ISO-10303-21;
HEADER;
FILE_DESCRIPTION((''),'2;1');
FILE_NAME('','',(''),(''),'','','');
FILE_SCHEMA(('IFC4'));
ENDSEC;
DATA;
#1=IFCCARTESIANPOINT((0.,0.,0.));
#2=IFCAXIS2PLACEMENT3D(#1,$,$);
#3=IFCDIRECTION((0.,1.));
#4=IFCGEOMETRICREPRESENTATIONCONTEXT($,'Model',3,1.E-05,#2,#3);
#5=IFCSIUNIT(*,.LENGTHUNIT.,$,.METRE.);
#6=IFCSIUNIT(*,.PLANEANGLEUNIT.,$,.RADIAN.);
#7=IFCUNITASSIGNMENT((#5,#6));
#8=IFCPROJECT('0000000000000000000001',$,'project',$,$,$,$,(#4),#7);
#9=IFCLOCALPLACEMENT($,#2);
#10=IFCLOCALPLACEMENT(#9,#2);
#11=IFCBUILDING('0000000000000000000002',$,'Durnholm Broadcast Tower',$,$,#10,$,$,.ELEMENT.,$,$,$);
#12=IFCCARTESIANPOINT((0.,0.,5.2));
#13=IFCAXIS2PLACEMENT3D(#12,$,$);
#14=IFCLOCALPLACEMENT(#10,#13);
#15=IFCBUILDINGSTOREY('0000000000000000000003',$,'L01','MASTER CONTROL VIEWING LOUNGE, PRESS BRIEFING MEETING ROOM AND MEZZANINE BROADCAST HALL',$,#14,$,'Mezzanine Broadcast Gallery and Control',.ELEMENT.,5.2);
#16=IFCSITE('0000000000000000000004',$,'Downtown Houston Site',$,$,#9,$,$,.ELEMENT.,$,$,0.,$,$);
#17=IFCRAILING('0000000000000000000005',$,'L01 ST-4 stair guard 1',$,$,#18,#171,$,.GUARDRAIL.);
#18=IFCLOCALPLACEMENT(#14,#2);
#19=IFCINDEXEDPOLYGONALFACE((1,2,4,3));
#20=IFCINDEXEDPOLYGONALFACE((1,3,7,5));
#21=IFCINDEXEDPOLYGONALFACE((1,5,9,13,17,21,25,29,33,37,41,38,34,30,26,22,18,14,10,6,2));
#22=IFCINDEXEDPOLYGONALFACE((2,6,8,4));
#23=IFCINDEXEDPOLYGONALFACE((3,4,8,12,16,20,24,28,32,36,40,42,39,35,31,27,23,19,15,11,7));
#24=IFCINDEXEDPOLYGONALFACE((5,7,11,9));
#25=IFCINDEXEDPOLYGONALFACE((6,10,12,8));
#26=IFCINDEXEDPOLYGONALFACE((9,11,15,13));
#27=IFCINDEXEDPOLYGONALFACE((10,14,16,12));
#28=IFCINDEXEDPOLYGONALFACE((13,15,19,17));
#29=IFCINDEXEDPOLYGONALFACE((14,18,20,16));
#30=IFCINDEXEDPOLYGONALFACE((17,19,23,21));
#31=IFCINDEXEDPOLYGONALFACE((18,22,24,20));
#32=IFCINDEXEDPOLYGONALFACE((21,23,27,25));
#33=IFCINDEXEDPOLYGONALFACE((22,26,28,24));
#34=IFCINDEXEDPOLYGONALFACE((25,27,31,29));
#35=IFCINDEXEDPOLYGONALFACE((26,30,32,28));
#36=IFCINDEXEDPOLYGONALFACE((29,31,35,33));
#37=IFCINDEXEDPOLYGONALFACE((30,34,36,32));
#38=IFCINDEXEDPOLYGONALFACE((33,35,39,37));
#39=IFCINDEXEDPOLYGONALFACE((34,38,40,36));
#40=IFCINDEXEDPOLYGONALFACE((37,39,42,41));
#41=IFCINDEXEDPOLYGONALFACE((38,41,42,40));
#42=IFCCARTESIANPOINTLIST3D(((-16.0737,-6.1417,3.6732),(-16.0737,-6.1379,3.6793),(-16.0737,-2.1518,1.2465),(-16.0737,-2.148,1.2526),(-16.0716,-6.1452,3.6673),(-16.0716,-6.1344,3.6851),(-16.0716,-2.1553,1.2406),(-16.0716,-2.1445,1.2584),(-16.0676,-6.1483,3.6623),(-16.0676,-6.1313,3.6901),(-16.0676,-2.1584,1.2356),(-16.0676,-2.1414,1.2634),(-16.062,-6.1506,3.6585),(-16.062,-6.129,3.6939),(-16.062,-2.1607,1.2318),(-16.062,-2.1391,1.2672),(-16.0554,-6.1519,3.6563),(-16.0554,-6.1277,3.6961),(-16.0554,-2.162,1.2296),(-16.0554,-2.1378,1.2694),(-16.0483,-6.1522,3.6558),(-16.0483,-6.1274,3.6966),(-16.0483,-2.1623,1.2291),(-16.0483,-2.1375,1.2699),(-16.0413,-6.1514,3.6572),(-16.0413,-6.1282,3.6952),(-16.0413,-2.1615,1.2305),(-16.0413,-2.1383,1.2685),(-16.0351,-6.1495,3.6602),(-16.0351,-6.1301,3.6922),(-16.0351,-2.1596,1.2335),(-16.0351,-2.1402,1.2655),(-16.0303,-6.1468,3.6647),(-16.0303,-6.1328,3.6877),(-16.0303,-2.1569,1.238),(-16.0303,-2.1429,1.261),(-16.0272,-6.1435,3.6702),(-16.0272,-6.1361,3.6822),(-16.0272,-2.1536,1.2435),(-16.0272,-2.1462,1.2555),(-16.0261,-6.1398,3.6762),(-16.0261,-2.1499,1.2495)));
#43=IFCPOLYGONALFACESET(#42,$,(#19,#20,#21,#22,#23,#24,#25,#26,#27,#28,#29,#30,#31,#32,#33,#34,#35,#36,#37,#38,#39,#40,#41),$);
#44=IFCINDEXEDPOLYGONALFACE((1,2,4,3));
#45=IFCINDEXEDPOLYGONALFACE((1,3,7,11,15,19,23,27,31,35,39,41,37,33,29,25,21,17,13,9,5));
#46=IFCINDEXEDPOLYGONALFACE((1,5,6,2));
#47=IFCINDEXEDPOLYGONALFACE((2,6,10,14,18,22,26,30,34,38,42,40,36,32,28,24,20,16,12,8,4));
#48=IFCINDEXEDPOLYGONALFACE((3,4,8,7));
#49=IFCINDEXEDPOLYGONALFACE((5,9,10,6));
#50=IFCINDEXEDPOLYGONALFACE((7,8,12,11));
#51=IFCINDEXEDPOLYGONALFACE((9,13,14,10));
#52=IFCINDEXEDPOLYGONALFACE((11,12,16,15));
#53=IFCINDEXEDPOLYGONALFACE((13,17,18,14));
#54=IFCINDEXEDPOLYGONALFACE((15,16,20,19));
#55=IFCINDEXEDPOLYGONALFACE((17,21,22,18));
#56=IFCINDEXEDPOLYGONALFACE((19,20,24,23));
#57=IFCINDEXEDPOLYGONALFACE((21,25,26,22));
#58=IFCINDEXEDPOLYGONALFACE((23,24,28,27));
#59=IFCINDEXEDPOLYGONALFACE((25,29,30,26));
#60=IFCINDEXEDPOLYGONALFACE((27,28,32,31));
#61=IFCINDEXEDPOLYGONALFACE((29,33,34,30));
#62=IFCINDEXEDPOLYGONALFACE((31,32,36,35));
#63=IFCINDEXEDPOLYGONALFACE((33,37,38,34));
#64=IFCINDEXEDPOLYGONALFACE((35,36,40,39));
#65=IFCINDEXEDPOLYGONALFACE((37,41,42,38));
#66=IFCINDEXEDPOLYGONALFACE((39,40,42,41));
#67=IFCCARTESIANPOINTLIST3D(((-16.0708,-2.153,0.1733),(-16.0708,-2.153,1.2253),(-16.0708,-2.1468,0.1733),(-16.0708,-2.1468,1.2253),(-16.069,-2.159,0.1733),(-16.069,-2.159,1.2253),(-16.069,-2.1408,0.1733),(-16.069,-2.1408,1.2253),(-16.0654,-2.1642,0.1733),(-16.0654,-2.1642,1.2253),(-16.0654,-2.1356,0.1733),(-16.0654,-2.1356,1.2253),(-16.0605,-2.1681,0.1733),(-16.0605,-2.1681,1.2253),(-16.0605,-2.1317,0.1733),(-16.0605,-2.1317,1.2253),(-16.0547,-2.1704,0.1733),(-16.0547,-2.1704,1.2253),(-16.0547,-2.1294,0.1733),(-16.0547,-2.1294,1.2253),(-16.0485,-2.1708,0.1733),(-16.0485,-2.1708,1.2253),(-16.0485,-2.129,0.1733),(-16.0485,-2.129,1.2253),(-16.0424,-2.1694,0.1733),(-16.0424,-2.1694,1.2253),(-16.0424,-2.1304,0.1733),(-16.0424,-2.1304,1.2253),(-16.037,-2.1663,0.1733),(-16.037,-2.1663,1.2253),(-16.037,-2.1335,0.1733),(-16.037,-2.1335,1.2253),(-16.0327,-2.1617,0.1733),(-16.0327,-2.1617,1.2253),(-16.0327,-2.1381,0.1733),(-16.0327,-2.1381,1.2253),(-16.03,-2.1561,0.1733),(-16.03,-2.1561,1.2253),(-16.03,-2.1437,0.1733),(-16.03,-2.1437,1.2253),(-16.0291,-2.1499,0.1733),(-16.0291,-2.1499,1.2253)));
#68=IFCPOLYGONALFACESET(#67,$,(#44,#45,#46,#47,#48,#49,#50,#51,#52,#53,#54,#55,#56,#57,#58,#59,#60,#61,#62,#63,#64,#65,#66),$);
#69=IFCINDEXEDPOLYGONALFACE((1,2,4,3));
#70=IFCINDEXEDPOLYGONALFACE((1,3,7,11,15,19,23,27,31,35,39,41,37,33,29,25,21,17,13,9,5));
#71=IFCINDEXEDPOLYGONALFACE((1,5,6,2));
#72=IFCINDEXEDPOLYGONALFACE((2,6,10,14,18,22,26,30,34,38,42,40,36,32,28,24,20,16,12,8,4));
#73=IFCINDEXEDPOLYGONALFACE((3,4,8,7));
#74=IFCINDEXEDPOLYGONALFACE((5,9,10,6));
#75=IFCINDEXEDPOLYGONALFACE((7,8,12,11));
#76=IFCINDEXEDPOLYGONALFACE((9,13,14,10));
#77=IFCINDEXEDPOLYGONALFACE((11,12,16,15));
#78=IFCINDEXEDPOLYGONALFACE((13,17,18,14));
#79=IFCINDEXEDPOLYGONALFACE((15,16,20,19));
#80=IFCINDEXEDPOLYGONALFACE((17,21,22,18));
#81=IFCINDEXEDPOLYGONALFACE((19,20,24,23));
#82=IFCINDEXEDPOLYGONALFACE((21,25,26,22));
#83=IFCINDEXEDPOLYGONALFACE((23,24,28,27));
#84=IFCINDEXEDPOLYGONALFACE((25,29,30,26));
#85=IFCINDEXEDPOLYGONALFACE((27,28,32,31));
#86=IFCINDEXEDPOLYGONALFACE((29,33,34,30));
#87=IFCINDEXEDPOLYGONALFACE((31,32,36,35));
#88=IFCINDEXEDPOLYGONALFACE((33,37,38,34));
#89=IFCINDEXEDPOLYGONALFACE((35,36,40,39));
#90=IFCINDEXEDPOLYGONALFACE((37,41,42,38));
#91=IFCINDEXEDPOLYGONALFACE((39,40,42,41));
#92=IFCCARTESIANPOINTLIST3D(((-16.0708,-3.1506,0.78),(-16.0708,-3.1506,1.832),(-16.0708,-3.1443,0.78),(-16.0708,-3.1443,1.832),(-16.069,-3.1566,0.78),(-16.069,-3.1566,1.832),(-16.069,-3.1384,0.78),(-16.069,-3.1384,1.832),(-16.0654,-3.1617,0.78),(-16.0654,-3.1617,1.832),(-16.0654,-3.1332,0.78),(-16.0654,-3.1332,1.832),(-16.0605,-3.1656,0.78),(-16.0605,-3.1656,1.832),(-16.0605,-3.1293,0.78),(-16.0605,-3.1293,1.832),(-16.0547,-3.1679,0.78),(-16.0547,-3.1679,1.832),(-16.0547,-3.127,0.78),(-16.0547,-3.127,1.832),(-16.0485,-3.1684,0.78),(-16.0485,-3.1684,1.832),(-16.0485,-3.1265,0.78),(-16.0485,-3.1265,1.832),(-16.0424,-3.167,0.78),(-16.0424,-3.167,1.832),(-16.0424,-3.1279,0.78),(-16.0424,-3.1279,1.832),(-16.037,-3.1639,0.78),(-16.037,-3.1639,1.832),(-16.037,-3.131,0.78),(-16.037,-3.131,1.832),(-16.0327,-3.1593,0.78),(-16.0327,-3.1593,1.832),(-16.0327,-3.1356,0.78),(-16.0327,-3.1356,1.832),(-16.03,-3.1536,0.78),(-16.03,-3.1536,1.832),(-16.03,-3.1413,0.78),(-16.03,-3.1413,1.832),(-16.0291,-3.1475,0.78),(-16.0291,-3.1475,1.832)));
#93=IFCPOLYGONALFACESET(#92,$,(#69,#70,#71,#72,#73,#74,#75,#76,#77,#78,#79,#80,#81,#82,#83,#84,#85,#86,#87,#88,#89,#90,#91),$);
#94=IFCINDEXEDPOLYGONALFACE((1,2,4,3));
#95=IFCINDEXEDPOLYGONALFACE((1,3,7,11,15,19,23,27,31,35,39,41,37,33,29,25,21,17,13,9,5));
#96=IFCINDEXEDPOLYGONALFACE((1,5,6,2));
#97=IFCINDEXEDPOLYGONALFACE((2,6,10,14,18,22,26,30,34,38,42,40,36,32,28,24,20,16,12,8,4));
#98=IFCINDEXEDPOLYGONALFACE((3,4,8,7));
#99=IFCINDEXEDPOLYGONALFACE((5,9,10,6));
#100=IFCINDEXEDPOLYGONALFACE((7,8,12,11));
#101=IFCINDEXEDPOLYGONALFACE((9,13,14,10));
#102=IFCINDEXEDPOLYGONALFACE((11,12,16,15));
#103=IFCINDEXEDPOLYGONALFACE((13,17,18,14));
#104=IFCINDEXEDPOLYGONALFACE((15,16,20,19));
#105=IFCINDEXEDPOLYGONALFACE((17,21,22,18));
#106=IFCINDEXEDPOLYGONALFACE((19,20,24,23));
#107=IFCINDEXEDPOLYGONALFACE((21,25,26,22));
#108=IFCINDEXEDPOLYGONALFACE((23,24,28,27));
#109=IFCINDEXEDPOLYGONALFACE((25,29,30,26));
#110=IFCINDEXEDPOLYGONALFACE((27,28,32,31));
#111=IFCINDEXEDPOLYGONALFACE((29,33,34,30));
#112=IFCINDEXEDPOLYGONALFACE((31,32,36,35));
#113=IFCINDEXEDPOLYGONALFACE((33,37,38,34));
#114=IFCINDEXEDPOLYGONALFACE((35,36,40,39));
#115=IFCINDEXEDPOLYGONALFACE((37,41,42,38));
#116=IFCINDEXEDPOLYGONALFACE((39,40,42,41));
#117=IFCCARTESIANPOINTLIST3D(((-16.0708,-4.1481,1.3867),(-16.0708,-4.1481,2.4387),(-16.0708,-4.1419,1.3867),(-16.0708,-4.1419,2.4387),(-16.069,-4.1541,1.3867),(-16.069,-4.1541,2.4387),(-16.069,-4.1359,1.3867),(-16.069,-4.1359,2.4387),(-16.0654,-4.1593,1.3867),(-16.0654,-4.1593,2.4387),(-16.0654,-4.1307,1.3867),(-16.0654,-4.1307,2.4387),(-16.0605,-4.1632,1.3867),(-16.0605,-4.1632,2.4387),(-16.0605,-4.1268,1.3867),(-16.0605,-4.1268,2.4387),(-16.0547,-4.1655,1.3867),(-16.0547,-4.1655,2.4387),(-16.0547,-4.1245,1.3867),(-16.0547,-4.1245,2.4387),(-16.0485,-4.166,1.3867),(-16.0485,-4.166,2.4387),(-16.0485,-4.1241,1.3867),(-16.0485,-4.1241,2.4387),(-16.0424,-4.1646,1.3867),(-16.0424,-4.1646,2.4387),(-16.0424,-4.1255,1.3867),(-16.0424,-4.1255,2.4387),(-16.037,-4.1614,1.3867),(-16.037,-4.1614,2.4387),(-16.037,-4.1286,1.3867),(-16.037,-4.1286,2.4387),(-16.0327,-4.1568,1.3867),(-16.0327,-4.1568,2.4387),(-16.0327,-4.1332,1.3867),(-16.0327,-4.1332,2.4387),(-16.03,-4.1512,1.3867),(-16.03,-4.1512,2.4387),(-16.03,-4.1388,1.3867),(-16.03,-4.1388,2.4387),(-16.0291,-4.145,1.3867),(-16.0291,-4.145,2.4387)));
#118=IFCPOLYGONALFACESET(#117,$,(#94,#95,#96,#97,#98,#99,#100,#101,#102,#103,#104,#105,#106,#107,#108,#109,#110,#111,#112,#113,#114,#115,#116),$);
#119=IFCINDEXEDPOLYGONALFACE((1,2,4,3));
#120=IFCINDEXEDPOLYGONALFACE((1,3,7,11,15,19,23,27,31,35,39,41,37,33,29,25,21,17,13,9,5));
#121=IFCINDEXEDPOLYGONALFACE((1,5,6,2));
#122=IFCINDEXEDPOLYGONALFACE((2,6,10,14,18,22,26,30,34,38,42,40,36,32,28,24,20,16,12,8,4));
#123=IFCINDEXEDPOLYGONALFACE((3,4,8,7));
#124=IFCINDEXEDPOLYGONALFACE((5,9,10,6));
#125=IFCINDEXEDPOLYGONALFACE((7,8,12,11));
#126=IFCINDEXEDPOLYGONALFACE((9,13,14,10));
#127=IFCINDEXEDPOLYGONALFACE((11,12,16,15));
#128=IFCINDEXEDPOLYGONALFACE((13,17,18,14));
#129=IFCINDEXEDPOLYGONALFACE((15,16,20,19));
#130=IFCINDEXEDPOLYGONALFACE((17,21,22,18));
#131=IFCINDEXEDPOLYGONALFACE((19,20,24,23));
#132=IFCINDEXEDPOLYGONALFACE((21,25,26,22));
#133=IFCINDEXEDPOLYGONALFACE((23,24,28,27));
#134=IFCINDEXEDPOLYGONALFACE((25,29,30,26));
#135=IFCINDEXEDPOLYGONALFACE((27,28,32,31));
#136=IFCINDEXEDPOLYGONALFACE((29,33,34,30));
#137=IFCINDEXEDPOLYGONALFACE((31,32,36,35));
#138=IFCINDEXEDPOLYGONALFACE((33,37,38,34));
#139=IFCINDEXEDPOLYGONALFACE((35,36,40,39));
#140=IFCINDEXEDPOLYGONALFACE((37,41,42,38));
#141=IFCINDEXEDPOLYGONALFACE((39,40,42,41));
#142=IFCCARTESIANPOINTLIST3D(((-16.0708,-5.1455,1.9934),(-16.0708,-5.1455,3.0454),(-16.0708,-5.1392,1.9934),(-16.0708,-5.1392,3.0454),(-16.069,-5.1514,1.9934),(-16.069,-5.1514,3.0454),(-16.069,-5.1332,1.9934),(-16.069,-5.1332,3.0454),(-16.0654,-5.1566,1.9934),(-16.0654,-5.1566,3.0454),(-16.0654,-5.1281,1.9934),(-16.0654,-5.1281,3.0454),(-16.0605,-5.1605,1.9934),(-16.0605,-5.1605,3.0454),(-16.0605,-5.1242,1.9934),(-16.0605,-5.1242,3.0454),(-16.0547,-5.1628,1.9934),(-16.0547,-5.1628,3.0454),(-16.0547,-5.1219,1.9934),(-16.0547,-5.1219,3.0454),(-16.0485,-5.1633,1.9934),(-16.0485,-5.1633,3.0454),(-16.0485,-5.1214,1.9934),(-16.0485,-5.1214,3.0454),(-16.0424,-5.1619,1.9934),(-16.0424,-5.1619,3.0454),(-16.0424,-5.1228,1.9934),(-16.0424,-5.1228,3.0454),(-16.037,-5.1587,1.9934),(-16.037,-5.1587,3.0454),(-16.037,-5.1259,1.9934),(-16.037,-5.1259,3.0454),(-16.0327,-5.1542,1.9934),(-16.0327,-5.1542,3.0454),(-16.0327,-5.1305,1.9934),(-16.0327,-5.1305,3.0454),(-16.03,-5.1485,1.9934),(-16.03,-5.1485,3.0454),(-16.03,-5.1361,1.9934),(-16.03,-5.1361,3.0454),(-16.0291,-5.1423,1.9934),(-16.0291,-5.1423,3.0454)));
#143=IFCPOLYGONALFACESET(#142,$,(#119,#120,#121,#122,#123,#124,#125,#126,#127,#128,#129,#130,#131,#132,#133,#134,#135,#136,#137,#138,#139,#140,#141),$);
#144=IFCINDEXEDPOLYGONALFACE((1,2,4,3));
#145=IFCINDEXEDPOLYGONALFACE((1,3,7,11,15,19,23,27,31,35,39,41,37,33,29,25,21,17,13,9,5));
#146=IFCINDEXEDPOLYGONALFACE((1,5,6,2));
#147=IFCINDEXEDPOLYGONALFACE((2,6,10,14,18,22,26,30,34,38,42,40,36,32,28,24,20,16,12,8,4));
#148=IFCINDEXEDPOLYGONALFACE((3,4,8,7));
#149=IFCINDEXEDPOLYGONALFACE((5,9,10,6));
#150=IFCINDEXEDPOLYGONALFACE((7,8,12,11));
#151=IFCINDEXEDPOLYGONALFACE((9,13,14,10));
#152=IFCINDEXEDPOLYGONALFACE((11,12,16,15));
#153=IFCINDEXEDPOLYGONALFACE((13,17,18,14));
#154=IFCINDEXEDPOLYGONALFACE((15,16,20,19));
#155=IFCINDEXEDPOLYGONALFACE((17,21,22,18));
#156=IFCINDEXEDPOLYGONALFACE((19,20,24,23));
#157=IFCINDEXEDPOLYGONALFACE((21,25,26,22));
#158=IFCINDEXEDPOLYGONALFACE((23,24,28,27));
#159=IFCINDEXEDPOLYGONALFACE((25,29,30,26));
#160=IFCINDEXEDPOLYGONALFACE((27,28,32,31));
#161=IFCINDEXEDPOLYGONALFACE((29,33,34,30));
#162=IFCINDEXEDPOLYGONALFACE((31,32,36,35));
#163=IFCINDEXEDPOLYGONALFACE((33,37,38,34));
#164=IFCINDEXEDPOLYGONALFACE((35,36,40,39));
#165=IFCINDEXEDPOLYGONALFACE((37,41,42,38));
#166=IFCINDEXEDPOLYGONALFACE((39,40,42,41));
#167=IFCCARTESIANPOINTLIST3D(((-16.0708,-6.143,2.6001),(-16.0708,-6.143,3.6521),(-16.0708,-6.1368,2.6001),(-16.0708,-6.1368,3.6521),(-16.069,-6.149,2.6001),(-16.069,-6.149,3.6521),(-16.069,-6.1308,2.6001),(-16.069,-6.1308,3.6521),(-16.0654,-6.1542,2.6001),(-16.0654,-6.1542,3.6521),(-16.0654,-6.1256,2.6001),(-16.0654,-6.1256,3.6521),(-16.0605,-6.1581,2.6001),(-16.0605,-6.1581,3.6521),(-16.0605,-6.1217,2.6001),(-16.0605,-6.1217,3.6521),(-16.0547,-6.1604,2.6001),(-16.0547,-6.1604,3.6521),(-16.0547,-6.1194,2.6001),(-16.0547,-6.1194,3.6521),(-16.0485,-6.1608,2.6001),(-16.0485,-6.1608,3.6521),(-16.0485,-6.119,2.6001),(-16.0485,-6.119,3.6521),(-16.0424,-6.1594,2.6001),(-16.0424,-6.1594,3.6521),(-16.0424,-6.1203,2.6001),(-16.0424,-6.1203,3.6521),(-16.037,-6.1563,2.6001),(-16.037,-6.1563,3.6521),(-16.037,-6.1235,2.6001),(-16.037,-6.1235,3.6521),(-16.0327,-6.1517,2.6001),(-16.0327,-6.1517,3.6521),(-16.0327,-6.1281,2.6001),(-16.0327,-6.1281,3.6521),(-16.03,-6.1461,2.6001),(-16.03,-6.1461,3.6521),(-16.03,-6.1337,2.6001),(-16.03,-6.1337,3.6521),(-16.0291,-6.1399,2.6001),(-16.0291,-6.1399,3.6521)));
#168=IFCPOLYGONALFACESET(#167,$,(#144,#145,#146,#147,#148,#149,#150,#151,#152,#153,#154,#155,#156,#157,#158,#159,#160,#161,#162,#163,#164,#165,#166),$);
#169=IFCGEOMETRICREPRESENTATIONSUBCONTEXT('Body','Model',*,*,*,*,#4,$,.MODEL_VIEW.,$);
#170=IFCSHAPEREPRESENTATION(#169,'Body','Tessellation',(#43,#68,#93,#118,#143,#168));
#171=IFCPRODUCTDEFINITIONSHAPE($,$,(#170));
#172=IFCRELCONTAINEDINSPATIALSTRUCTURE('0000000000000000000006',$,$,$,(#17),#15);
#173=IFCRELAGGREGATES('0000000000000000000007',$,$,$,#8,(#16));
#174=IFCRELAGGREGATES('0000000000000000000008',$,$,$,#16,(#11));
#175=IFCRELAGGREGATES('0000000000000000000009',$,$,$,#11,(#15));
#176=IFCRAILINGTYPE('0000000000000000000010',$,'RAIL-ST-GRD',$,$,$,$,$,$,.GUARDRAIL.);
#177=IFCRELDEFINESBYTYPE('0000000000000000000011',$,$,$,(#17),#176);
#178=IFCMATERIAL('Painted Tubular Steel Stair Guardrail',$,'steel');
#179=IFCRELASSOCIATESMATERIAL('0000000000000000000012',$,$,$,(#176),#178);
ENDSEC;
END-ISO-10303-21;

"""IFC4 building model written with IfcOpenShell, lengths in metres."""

from ifc_helpers import new_model, si_unit, direction, frame, origin, origin_2d, place, context, subcontext, project, spatial, circle, extrude, material, type_object, element, save


model = new_model("IFC4")

# Units and contexts
model_context = context("Model", 3, precision=1e-05, world=origin(), true_north=direction((0.0, 1.0)))
body_context = subcontext(model_context, "Body", "Model", "MODEL_VIEW")
ifc_project = project(units=[si_unit("LENGTHUNIT", "METRE"), si_unit("PLANEANGLEUNIT", "RADIAN")], contexts=[model_context])

# Site, building, storey
site_placement = place(None, origin())
site = spatial("IfcSite", under=ifc_project, at=site_placement, Name="Downtown Houston Site", CompositionType="ELEMENT", RefElevation=0.0)
building_placement = place(site_placement, origin())
building = spatial("IfcBuilding", under=site, at=building_placement, Name="Durnholm Broadcast Tower", CompositionType="ELEMENT")
storey_placement = place(building_placement, frame((0.0, 0.0, 5.2)))
storey = spatial("IfcBuildingStorey", under=building, at=storey_placement, Name="L01", Description="MASTER CONTROL VIEWING LOUNGE, PRESS BRIEFING MEETING ROOM AND MEZZANINE BROADCAST HALL", LongName="Mezzanine Broadcast Gallery and Control", CompositionType="ELEMENT", Elevation=5.2)

# Railing
ifc_material_1 = material(Name="Painted Tubular Steel Stair Guardrail", Category="steel")
railing_type_1 = type_object("IfcRailingType", Name="RAIL-ST-GRD", PredefinedType="GUARDRAIL", material=ifc_material_1)
railing_1_placement = place(storey_placement, frame((-16.05, -2.1499, 0.1733)))
element("IfcRailing", 1, at=railing_1_placement, inside=storey, type_object=railing_type_1, Name="L01 ST-4 stair guard 1", PredefinedType="GUARDRAIL", context=body_context, shape_type="SweptSolid", body=[
    extrude(circle(Radius=0.0239, at=origin_2d()), frame((0.0, 0.0, 1.0762), z_axis=(0.0, -0.854382, 0.519645), x_axis=(1.0, 0.0, 0.0)), (0.0, 0.0, 1.0), 4.6699),
    extrude(circle(Radius=0.021, at=origin_2d()), origin(), (0.0, 0.0, 1.0), 1.052),
    extrude(circle(Radius=0.021, at=origin_2d()), frame((0.0, -0.9976, 0.6067)), (0.0, 0.0, 1.0), 1.052),
    extrude(circle(Radius=0.021, at=origin_2d()), frame((0.0, -1.9951, 1.2134)), (0.0, 0.0, 1.0), 1.052),
    extrude(circle(Radius=0.021, at=origin_2d()), frame((0.0, -2.9924, 1.8201)), (0.0, 0.0, 1.0), 1.052),
    extrude(circle(Radius=0.021, at=origin_2d()), frame((0.0, -3.99, 2.4268)), (0.0, 0.0, 1.0), 1.052),
])

save(model, "model.ifc")
